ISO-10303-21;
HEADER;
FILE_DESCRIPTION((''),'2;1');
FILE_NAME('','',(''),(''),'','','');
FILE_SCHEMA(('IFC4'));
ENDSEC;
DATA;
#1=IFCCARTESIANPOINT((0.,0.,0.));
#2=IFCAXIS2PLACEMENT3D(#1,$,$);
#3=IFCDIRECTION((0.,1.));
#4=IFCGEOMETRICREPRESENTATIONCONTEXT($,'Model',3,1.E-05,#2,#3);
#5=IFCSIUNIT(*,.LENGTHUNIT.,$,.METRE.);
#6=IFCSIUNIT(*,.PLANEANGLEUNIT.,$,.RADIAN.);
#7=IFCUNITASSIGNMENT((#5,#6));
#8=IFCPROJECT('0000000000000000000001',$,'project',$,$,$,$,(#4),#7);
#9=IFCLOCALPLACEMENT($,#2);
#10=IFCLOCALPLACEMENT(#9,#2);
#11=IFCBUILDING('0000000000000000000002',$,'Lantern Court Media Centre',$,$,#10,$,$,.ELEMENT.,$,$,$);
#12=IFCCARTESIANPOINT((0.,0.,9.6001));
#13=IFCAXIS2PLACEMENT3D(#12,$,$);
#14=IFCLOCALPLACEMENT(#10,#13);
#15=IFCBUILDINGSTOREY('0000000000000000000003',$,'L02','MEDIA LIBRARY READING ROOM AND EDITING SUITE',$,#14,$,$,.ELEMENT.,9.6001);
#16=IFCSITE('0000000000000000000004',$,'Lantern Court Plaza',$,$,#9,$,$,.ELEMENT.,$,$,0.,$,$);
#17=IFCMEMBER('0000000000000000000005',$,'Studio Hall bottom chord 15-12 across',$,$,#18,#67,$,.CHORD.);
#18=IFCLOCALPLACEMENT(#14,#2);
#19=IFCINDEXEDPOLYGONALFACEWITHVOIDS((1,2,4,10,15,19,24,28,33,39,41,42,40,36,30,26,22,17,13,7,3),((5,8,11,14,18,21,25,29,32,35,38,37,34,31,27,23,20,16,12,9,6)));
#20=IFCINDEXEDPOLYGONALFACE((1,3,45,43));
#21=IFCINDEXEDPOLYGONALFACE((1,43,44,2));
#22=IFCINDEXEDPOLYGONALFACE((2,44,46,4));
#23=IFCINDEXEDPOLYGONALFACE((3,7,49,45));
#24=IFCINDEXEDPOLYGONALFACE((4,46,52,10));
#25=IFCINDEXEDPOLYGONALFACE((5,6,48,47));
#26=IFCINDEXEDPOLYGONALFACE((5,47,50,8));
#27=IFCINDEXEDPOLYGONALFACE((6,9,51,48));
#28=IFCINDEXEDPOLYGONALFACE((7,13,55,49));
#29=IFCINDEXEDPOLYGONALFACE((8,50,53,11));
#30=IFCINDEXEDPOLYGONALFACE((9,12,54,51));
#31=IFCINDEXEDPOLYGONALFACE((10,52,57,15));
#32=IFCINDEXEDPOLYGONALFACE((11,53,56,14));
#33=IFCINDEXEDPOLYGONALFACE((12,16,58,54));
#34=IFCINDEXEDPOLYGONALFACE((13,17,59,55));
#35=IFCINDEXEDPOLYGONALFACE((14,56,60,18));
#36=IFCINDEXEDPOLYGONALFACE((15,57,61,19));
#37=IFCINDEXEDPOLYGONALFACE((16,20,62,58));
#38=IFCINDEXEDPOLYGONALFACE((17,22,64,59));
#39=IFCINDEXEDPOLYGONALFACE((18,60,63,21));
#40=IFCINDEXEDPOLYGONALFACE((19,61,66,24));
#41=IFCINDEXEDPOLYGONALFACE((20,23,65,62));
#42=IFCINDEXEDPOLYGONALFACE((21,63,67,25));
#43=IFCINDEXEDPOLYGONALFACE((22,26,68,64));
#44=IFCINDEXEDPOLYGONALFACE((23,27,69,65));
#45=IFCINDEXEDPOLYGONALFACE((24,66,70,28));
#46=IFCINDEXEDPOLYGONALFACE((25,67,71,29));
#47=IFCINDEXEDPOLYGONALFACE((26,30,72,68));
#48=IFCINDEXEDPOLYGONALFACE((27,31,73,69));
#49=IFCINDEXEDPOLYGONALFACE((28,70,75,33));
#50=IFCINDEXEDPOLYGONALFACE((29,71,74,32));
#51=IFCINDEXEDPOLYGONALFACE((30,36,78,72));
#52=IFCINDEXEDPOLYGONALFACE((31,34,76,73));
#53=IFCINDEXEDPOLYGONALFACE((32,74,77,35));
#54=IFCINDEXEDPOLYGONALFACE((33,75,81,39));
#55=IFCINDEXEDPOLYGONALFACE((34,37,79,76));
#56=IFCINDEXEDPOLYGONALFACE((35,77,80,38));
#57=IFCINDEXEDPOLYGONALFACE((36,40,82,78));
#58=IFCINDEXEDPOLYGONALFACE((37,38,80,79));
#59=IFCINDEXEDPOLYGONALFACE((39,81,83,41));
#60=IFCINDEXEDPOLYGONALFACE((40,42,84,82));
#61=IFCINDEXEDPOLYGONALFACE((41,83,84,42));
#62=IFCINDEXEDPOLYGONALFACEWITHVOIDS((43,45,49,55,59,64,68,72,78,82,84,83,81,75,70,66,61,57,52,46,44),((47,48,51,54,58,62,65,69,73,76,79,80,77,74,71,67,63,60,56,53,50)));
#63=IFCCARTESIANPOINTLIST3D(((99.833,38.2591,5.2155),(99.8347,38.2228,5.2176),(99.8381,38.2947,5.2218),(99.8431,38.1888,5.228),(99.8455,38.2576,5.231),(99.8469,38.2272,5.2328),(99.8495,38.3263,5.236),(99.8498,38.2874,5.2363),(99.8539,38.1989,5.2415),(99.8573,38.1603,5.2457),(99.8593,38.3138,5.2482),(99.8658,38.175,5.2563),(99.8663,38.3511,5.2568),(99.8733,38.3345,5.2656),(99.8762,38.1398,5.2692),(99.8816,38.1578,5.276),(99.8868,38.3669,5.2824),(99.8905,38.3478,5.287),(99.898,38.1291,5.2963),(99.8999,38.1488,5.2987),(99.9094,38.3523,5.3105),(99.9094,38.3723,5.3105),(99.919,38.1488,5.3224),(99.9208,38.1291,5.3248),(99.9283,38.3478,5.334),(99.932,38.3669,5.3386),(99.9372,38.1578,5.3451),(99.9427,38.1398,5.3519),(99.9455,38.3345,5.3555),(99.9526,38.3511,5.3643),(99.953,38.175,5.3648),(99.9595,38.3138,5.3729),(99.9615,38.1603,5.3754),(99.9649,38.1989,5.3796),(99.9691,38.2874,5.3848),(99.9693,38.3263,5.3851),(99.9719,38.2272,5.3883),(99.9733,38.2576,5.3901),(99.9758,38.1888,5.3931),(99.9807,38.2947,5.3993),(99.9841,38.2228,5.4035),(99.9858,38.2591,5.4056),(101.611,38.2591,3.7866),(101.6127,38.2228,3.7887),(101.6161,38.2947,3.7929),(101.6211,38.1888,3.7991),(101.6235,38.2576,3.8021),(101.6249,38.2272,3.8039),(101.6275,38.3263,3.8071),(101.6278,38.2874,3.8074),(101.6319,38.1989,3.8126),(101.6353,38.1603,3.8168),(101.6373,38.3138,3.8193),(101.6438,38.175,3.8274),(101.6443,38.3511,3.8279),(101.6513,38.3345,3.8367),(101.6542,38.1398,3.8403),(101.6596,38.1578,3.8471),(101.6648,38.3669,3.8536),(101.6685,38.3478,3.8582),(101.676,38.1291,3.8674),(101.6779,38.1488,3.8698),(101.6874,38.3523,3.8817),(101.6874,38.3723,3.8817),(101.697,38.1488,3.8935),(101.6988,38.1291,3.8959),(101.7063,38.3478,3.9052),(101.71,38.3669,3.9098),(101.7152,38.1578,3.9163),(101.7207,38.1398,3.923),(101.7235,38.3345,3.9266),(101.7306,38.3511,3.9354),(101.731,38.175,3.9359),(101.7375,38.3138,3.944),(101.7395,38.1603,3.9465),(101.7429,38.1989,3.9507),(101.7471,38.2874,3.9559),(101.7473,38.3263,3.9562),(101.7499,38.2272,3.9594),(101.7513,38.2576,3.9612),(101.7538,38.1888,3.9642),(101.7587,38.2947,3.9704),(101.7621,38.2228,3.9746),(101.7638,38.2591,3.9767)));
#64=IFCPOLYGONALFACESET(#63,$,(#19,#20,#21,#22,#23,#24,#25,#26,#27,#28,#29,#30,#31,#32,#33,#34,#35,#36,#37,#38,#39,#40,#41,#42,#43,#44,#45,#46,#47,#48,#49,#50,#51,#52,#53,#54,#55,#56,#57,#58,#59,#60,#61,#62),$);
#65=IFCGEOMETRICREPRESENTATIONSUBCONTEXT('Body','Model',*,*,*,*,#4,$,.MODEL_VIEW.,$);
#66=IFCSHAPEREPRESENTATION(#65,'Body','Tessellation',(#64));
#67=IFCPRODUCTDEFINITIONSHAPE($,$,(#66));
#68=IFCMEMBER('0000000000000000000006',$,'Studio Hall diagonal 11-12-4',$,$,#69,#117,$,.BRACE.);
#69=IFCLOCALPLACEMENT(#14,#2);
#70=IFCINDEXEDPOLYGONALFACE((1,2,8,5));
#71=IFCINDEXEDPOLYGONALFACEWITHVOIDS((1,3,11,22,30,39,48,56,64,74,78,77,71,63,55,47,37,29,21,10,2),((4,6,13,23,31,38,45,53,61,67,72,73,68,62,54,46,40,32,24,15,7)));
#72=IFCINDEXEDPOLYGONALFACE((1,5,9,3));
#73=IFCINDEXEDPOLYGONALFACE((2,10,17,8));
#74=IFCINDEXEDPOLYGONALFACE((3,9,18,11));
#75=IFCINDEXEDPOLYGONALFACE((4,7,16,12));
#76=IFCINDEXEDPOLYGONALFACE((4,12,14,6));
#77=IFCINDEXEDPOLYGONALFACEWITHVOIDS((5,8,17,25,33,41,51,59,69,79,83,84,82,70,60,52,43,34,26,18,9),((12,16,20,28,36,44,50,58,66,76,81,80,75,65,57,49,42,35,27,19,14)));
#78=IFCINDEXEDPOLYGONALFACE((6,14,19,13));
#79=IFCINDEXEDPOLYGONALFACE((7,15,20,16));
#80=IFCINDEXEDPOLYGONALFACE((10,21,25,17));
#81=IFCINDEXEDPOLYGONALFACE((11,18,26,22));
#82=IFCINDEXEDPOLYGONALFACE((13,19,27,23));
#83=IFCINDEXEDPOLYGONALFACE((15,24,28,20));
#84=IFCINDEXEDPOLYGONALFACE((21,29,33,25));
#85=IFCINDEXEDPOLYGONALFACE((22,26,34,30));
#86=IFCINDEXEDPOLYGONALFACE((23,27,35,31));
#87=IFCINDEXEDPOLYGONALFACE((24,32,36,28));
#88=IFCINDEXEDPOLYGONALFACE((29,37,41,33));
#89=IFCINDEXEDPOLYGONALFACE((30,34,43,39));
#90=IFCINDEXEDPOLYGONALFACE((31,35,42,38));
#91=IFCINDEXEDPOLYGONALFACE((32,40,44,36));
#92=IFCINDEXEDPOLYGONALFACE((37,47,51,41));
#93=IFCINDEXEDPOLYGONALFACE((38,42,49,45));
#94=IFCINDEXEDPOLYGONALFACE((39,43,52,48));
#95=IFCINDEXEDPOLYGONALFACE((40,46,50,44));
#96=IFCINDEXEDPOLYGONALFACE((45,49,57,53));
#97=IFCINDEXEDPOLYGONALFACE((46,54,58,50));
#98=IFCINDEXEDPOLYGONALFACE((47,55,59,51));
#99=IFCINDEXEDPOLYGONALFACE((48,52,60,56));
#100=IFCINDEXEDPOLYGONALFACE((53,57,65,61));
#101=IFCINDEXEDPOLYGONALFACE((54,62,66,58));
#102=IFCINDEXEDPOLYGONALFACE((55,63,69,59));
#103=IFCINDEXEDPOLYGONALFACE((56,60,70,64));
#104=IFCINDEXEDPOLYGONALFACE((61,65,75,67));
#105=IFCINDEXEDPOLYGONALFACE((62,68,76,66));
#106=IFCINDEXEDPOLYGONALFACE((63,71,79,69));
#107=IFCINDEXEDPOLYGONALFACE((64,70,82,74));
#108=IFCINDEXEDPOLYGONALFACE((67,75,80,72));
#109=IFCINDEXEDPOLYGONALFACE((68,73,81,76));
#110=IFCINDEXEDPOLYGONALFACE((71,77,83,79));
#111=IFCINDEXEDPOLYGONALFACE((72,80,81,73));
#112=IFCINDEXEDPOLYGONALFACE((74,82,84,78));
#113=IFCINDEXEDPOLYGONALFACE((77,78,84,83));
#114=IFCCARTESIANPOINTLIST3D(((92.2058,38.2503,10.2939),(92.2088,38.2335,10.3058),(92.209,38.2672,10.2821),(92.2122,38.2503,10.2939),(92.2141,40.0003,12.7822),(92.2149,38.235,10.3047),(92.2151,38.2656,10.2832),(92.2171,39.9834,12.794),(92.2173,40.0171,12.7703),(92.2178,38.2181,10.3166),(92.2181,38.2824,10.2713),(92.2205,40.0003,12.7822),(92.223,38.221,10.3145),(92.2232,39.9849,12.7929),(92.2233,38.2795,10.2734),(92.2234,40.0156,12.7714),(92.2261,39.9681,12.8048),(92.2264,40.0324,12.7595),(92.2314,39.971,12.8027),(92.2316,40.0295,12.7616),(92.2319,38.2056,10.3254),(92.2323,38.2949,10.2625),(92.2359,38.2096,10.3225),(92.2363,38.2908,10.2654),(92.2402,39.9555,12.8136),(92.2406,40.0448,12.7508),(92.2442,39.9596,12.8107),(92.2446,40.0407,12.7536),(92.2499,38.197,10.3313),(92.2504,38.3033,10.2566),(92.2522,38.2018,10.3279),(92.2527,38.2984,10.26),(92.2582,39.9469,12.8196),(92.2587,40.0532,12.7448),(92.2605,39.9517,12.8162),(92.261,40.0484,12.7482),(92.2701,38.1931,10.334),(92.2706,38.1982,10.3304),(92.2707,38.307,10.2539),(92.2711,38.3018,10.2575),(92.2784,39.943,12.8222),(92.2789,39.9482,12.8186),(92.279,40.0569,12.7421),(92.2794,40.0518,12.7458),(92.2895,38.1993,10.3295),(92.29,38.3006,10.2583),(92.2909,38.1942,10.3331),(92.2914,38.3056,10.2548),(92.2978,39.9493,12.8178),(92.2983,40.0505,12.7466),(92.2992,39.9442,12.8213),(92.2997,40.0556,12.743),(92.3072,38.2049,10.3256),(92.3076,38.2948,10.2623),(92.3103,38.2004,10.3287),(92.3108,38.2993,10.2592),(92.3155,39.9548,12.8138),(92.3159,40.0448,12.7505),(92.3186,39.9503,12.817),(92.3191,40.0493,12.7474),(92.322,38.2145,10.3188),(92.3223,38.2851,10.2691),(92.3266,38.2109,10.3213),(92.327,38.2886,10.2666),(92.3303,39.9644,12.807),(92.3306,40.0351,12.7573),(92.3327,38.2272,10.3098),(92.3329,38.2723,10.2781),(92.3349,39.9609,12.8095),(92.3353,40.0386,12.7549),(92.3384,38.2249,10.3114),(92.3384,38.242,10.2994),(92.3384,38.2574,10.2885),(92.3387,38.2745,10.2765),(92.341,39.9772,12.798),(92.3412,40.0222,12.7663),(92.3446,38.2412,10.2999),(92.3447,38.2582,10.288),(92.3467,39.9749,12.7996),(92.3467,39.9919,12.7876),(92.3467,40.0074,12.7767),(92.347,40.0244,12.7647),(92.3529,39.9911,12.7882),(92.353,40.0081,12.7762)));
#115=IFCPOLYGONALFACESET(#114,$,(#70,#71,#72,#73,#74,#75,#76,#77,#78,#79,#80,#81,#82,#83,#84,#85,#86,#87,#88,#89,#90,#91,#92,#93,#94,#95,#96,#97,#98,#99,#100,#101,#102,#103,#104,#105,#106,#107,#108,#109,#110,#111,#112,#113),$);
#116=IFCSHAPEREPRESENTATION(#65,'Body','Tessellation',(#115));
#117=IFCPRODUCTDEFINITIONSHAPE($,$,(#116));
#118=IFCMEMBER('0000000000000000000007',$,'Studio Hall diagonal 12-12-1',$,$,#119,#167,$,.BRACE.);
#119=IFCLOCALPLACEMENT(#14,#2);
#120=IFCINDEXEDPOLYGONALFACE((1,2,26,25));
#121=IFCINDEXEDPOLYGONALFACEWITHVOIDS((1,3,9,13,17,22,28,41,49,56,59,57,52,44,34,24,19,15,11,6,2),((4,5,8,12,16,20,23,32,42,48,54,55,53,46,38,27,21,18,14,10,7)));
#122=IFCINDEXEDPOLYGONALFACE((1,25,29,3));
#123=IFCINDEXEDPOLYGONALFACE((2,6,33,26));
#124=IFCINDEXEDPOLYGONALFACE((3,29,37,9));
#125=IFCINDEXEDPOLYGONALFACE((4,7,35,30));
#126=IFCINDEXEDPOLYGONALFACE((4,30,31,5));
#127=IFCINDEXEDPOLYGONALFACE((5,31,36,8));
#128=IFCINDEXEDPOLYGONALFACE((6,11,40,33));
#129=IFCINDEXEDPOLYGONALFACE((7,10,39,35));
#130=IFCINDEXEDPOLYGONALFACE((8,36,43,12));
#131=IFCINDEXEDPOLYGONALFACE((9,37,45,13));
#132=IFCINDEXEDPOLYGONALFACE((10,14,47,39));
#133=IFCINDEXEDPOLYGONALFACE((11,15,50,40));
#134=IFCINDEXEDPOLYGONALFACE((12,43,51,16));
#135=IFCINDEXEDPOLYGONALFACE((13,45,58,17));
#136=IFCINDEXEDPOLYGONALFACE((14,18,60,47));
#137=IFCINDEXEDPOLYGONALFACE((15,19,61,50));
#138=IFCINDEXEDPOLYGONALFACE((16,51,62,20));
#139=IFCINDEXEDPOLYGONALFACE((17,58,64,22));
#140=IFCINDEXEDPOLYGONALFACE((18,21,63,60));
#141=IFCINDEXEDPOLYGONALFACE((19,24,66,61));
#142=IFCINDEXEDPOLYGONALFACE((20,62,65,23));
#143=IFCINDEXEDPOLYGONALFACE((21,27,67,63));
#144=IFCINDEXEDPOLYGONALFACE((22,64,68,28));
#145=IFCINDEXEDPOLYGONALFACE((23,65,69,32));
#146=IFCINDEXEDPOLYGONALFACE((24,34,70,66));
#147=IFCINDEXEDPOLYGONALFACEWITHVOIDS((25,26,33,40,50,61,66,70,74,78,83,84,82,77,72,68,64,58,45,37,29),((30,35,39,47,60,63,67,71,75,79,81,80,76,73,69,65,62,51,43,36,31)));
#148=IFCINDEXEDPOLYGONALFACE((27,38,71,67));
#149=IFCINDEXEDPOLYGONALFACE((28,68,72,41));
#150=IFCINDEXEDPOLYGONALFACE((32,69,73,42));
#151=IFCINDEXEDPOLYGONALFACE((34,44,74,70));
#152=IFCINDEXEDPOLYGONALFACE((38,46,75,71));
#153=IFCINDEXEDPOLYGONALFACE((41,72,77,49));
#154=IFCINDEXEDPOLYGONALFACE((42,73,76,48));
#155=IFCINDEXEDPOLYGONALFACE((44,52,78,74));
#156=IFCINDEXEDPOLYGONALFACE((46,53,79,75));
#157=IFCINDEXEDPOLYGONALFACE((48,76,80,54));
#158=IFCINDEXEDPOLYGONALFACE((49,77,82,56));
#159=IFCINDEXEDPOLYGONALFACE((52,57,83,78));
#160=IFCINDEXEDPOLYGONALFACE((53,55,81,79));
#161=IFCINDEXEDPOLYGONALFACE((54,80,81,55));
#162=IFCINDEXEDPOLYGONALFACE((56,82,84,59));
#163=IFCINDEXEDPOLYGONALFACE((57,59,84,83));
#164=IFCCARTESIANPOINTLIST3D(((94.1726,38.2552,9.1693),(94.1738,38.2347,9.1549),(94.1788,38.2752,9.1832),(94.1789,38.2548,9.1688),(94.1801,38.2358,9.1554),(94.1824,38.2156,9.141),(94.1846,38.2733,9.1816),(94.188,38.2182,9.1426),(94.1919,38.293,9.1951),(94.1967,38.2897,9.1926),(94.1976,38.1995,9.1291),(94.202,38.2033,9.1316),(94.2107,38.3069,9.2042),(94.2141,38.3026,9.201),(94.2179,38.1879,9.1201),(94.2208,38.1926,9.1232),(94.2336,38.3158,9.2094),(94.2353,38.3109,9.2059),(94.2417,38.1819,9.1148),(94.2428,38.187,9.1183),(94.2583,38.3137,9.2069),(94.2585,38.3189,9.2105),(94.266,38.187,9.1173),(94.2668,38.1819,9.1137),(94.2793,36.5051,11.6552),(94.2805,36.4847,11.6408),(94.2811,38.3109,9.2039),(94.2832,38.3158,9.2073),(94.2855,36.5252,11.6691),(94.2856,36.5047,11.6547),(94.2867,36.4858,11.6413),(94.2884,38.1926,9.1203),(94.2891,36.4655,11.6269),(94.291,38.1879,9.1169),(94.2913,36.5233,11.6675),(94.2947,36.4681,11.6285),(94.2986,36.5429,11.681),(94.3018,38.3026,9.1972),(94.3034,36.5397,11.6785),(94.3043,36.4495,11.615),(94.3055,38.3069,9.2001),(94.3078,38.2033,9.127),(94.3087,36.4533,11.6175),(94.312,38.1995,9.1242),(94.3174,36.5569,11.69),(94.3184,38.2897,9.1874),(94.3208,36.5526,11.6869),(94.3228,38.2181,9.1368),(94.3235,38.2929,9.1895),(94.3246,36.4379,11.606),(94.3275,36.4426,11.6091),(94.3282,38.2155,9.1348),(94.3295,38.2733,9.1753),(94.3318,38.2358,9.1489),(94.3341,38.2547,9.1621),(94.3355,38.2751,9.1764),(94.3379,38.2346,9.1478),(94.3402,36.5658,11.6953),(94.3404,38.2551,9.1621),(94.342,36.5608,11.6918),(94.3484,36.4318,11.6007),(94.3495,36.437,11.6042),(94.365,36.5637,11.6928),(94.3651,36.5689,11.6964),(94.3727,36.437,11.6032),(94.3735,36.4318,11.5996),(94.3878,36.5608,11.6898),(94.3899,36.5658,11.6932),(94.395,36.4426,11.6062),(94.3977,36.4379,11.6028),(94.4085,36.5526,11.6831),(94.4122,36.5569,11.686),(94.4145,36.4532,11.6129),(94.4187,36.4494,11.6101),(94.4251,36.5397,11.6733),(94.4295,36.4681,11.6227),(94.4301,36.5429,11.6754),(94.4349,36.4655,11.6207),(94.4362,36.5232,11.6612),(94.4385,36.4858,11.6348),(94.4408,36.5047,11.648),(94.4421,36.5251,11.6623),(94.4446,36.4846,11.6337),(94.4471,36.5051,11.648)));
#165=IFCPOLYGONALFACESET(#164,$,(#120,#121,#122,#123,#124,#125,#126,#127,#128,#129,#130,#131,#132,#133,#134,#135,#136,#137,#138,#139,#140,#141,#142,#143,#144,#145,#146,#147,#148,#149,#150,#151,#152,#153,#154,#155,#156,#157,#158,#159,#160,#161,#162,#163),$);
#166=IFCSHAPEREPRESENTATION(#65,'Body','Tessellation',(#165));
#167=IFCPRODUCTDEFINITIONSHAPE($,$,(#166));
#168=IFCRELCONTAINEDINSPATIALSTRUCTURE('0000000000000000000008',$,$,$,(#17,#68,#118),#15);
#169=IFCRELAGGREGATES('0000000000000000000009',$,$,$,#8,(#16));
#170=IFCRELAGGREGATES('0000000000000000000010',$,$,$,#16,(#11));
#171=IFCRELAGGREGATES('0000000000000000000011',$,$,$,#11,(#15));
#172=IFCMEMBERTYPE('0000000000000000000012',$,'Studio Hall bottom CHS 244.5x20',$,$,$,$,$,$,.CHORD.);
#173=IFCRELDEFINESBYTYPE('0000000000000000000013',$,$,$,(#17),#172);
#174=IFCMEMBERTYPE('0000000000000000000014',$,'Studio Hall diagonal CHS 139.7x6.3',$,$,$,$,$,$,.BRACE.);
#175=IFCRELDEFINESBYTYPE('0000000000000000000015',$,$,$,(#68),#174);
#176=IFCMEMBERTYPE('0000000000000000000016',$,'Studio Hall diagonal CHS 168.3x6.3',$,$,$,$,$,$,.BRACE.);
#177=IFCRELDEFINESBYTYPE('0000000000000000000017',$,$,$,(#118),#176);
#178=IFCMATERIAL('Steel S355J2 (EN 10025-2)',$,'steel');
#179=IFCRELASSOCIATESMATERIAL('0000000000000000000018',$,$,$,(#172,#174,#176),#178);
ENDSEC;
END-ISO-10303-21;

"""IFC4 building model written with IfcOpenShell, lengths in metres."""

from ifc_helpers import new_model, si_unit, direction, frame, origin, origin_2d, place, context, subcontext, project, spatial, hollow_circle, extrude, material, material_profile, profile_set, type_object, element, save


model = new_model("IFC4")

# Units and contexts
model_context = context("Model", 3, precision=1e-05, world=origin(), true_north=direction((0.0, 1.0)))
body_context = subcontext(model_context, "Body", "Model", "MODEL_VIEW")
ifc_project = project(units=[si_unit("LENGTHUNIT", "METRE"), si_unit("PLANEANGLEUNIT", "RADIAN")], contexts=[model_context])

# Site, building, storey
site_placement = place(None, origin())
site = spatial("IfcSite", under=ifc_project, at=site_placement, Name="Lantern Court Plaza", CompositionType="ELEMENT", RefElevation=0.0)
building_placement = place(site_placement, origin())
building = spatial("IfcBuilding", under=site, at=building_placement, Name="Lantern Court Media Centre", CompositionType="ELEMENT")
storey_placement = place(building_placement, frame((0.0, 0.0, 9.6001)))
storey = spatial("IfcBuildingStorey", under=building, at=storey_placement, Name="L02", Description="MEDIA LIBRARY READING ROOM AND EDITING SUITE", CompositionType="ELEMENT", Elevation=9.6001)

# Members
ifc_material = material(Name="Steel S355J2 (EN 10025-2)", Category="steel")
ifc_material_profile_1 = material_profile(ifc_material, hollow_circle(Radius=0.1223, WallThickness=0.02, at=origin_2d()), Name="Studio Hall bottom CHS 244.5x20")
ifc_profile_set_1 = profile_set([ifc_material_profile_1], Name="Steel S355J2 (EN 10025-2)")
member_type_1 = type_object("IfcMemberType", Name="Studio Hall bottom CHS 244.5x20", PredefinedType="CHORD", material=ifc_profile_set_1)
member_1_placement = place(storey_placement, frame((99.9094, 38.25, 5.3105), z_axis=(0.779478, 0.0, -0.626429), x_axis=(0.0, 1.0, 0.0)))
element("IfcMember", 1, at=member_1_placement, inside=storey, type_object=member_type_1, Name="Studio Hall bottom chord 15-12 across", PredefinedType="CHORD", context=body_context, shape_type="SweptSolid", body=[
    extrude(hollow_circle(Radius=0.1223, WallThickness=0.02, at=origin_2d()), origin(), (0.0, 0.0, 1.0), 2.281),
])
ifc_material_profile_2 = material_profile(ifc_material, hollow_circle(Radius=0.0698, WallThickness=0.0063, at=origin_2d()), Name="Studio Hall diagonal CHS 139.7x6.3")
ifc_profile_set_2 = profile_set([ifc_material_profile_2], Name="Steel S355J2 (EN 10025-2)")
member_type_2 = type_object("IfcMemberType", Name="Studio Hall diagonal CHS 139.7x6.3", PredefinedType="BRACE", material=ifc_profile_set_2)
member_2_placement = place(storey_placement, frame((92.2756, 38.25, 10.2939), z_axis=(0.002729, 0.575269, 0.81796), x_axis=(-0.999989, 0.004743, 0.0)))
element("IfcMember", 2, at=member_2_placement, inside=storey, type_object=member_type_2, Name="Studio Hall diagonal 11-12-4", PredefinedType="BRACE", context=body_context, shape_type="SweptSolid", body=[
    extrude(hollow_circle(Radius=0.0698, WallThickness=0.0063, at=origin_2d()), origin(), (0.0, 0.0, 1.0), 3.042),
])
ifc_material_profile_3 = material_profile(ifc_material, hollow_circle(Radius=0.0842, WallThickness=0.0063, at=origin_2d()), Name="Studio Hall diagonal CHS 168.3x6.3")
ifc_profile_set_3 = profile_set([ifc_material_profile_3], Name="Steel S355J2 (EN 10025-2)")
member_type_3 = type_object("IfcMemberType", Name="Studio Hall diagonal CHS 168.3x6.3", PredefinedType="BRACE", material=ifc_profile_set_3)
for number, where, z_axis, x_axis, name in (
    (3, (94.2563, 38.25, 9.1621), (0.035073, -0.575294, 0.817194), (0.998147, 0.060852, 0.0), "Studio Hall diagonal 12-12-1"),
):
    element("IfcMember", number, at=place(storey_placement, frame(where, z_axis=z_axis, x_axis=x_axis)), inside=storey, type_object=member_type_3, Name=name, PredefinedType="BRACE", context=body_context, shape_type="SweptSolid", body=[
        extrude(hollow_circle(Radius=0.0842, WallThickness=0.0063, at=origin_2d()), origin(), (0.0, 0.0, 1.0), 3.042),
    ])

save(model, "model.ifc")
